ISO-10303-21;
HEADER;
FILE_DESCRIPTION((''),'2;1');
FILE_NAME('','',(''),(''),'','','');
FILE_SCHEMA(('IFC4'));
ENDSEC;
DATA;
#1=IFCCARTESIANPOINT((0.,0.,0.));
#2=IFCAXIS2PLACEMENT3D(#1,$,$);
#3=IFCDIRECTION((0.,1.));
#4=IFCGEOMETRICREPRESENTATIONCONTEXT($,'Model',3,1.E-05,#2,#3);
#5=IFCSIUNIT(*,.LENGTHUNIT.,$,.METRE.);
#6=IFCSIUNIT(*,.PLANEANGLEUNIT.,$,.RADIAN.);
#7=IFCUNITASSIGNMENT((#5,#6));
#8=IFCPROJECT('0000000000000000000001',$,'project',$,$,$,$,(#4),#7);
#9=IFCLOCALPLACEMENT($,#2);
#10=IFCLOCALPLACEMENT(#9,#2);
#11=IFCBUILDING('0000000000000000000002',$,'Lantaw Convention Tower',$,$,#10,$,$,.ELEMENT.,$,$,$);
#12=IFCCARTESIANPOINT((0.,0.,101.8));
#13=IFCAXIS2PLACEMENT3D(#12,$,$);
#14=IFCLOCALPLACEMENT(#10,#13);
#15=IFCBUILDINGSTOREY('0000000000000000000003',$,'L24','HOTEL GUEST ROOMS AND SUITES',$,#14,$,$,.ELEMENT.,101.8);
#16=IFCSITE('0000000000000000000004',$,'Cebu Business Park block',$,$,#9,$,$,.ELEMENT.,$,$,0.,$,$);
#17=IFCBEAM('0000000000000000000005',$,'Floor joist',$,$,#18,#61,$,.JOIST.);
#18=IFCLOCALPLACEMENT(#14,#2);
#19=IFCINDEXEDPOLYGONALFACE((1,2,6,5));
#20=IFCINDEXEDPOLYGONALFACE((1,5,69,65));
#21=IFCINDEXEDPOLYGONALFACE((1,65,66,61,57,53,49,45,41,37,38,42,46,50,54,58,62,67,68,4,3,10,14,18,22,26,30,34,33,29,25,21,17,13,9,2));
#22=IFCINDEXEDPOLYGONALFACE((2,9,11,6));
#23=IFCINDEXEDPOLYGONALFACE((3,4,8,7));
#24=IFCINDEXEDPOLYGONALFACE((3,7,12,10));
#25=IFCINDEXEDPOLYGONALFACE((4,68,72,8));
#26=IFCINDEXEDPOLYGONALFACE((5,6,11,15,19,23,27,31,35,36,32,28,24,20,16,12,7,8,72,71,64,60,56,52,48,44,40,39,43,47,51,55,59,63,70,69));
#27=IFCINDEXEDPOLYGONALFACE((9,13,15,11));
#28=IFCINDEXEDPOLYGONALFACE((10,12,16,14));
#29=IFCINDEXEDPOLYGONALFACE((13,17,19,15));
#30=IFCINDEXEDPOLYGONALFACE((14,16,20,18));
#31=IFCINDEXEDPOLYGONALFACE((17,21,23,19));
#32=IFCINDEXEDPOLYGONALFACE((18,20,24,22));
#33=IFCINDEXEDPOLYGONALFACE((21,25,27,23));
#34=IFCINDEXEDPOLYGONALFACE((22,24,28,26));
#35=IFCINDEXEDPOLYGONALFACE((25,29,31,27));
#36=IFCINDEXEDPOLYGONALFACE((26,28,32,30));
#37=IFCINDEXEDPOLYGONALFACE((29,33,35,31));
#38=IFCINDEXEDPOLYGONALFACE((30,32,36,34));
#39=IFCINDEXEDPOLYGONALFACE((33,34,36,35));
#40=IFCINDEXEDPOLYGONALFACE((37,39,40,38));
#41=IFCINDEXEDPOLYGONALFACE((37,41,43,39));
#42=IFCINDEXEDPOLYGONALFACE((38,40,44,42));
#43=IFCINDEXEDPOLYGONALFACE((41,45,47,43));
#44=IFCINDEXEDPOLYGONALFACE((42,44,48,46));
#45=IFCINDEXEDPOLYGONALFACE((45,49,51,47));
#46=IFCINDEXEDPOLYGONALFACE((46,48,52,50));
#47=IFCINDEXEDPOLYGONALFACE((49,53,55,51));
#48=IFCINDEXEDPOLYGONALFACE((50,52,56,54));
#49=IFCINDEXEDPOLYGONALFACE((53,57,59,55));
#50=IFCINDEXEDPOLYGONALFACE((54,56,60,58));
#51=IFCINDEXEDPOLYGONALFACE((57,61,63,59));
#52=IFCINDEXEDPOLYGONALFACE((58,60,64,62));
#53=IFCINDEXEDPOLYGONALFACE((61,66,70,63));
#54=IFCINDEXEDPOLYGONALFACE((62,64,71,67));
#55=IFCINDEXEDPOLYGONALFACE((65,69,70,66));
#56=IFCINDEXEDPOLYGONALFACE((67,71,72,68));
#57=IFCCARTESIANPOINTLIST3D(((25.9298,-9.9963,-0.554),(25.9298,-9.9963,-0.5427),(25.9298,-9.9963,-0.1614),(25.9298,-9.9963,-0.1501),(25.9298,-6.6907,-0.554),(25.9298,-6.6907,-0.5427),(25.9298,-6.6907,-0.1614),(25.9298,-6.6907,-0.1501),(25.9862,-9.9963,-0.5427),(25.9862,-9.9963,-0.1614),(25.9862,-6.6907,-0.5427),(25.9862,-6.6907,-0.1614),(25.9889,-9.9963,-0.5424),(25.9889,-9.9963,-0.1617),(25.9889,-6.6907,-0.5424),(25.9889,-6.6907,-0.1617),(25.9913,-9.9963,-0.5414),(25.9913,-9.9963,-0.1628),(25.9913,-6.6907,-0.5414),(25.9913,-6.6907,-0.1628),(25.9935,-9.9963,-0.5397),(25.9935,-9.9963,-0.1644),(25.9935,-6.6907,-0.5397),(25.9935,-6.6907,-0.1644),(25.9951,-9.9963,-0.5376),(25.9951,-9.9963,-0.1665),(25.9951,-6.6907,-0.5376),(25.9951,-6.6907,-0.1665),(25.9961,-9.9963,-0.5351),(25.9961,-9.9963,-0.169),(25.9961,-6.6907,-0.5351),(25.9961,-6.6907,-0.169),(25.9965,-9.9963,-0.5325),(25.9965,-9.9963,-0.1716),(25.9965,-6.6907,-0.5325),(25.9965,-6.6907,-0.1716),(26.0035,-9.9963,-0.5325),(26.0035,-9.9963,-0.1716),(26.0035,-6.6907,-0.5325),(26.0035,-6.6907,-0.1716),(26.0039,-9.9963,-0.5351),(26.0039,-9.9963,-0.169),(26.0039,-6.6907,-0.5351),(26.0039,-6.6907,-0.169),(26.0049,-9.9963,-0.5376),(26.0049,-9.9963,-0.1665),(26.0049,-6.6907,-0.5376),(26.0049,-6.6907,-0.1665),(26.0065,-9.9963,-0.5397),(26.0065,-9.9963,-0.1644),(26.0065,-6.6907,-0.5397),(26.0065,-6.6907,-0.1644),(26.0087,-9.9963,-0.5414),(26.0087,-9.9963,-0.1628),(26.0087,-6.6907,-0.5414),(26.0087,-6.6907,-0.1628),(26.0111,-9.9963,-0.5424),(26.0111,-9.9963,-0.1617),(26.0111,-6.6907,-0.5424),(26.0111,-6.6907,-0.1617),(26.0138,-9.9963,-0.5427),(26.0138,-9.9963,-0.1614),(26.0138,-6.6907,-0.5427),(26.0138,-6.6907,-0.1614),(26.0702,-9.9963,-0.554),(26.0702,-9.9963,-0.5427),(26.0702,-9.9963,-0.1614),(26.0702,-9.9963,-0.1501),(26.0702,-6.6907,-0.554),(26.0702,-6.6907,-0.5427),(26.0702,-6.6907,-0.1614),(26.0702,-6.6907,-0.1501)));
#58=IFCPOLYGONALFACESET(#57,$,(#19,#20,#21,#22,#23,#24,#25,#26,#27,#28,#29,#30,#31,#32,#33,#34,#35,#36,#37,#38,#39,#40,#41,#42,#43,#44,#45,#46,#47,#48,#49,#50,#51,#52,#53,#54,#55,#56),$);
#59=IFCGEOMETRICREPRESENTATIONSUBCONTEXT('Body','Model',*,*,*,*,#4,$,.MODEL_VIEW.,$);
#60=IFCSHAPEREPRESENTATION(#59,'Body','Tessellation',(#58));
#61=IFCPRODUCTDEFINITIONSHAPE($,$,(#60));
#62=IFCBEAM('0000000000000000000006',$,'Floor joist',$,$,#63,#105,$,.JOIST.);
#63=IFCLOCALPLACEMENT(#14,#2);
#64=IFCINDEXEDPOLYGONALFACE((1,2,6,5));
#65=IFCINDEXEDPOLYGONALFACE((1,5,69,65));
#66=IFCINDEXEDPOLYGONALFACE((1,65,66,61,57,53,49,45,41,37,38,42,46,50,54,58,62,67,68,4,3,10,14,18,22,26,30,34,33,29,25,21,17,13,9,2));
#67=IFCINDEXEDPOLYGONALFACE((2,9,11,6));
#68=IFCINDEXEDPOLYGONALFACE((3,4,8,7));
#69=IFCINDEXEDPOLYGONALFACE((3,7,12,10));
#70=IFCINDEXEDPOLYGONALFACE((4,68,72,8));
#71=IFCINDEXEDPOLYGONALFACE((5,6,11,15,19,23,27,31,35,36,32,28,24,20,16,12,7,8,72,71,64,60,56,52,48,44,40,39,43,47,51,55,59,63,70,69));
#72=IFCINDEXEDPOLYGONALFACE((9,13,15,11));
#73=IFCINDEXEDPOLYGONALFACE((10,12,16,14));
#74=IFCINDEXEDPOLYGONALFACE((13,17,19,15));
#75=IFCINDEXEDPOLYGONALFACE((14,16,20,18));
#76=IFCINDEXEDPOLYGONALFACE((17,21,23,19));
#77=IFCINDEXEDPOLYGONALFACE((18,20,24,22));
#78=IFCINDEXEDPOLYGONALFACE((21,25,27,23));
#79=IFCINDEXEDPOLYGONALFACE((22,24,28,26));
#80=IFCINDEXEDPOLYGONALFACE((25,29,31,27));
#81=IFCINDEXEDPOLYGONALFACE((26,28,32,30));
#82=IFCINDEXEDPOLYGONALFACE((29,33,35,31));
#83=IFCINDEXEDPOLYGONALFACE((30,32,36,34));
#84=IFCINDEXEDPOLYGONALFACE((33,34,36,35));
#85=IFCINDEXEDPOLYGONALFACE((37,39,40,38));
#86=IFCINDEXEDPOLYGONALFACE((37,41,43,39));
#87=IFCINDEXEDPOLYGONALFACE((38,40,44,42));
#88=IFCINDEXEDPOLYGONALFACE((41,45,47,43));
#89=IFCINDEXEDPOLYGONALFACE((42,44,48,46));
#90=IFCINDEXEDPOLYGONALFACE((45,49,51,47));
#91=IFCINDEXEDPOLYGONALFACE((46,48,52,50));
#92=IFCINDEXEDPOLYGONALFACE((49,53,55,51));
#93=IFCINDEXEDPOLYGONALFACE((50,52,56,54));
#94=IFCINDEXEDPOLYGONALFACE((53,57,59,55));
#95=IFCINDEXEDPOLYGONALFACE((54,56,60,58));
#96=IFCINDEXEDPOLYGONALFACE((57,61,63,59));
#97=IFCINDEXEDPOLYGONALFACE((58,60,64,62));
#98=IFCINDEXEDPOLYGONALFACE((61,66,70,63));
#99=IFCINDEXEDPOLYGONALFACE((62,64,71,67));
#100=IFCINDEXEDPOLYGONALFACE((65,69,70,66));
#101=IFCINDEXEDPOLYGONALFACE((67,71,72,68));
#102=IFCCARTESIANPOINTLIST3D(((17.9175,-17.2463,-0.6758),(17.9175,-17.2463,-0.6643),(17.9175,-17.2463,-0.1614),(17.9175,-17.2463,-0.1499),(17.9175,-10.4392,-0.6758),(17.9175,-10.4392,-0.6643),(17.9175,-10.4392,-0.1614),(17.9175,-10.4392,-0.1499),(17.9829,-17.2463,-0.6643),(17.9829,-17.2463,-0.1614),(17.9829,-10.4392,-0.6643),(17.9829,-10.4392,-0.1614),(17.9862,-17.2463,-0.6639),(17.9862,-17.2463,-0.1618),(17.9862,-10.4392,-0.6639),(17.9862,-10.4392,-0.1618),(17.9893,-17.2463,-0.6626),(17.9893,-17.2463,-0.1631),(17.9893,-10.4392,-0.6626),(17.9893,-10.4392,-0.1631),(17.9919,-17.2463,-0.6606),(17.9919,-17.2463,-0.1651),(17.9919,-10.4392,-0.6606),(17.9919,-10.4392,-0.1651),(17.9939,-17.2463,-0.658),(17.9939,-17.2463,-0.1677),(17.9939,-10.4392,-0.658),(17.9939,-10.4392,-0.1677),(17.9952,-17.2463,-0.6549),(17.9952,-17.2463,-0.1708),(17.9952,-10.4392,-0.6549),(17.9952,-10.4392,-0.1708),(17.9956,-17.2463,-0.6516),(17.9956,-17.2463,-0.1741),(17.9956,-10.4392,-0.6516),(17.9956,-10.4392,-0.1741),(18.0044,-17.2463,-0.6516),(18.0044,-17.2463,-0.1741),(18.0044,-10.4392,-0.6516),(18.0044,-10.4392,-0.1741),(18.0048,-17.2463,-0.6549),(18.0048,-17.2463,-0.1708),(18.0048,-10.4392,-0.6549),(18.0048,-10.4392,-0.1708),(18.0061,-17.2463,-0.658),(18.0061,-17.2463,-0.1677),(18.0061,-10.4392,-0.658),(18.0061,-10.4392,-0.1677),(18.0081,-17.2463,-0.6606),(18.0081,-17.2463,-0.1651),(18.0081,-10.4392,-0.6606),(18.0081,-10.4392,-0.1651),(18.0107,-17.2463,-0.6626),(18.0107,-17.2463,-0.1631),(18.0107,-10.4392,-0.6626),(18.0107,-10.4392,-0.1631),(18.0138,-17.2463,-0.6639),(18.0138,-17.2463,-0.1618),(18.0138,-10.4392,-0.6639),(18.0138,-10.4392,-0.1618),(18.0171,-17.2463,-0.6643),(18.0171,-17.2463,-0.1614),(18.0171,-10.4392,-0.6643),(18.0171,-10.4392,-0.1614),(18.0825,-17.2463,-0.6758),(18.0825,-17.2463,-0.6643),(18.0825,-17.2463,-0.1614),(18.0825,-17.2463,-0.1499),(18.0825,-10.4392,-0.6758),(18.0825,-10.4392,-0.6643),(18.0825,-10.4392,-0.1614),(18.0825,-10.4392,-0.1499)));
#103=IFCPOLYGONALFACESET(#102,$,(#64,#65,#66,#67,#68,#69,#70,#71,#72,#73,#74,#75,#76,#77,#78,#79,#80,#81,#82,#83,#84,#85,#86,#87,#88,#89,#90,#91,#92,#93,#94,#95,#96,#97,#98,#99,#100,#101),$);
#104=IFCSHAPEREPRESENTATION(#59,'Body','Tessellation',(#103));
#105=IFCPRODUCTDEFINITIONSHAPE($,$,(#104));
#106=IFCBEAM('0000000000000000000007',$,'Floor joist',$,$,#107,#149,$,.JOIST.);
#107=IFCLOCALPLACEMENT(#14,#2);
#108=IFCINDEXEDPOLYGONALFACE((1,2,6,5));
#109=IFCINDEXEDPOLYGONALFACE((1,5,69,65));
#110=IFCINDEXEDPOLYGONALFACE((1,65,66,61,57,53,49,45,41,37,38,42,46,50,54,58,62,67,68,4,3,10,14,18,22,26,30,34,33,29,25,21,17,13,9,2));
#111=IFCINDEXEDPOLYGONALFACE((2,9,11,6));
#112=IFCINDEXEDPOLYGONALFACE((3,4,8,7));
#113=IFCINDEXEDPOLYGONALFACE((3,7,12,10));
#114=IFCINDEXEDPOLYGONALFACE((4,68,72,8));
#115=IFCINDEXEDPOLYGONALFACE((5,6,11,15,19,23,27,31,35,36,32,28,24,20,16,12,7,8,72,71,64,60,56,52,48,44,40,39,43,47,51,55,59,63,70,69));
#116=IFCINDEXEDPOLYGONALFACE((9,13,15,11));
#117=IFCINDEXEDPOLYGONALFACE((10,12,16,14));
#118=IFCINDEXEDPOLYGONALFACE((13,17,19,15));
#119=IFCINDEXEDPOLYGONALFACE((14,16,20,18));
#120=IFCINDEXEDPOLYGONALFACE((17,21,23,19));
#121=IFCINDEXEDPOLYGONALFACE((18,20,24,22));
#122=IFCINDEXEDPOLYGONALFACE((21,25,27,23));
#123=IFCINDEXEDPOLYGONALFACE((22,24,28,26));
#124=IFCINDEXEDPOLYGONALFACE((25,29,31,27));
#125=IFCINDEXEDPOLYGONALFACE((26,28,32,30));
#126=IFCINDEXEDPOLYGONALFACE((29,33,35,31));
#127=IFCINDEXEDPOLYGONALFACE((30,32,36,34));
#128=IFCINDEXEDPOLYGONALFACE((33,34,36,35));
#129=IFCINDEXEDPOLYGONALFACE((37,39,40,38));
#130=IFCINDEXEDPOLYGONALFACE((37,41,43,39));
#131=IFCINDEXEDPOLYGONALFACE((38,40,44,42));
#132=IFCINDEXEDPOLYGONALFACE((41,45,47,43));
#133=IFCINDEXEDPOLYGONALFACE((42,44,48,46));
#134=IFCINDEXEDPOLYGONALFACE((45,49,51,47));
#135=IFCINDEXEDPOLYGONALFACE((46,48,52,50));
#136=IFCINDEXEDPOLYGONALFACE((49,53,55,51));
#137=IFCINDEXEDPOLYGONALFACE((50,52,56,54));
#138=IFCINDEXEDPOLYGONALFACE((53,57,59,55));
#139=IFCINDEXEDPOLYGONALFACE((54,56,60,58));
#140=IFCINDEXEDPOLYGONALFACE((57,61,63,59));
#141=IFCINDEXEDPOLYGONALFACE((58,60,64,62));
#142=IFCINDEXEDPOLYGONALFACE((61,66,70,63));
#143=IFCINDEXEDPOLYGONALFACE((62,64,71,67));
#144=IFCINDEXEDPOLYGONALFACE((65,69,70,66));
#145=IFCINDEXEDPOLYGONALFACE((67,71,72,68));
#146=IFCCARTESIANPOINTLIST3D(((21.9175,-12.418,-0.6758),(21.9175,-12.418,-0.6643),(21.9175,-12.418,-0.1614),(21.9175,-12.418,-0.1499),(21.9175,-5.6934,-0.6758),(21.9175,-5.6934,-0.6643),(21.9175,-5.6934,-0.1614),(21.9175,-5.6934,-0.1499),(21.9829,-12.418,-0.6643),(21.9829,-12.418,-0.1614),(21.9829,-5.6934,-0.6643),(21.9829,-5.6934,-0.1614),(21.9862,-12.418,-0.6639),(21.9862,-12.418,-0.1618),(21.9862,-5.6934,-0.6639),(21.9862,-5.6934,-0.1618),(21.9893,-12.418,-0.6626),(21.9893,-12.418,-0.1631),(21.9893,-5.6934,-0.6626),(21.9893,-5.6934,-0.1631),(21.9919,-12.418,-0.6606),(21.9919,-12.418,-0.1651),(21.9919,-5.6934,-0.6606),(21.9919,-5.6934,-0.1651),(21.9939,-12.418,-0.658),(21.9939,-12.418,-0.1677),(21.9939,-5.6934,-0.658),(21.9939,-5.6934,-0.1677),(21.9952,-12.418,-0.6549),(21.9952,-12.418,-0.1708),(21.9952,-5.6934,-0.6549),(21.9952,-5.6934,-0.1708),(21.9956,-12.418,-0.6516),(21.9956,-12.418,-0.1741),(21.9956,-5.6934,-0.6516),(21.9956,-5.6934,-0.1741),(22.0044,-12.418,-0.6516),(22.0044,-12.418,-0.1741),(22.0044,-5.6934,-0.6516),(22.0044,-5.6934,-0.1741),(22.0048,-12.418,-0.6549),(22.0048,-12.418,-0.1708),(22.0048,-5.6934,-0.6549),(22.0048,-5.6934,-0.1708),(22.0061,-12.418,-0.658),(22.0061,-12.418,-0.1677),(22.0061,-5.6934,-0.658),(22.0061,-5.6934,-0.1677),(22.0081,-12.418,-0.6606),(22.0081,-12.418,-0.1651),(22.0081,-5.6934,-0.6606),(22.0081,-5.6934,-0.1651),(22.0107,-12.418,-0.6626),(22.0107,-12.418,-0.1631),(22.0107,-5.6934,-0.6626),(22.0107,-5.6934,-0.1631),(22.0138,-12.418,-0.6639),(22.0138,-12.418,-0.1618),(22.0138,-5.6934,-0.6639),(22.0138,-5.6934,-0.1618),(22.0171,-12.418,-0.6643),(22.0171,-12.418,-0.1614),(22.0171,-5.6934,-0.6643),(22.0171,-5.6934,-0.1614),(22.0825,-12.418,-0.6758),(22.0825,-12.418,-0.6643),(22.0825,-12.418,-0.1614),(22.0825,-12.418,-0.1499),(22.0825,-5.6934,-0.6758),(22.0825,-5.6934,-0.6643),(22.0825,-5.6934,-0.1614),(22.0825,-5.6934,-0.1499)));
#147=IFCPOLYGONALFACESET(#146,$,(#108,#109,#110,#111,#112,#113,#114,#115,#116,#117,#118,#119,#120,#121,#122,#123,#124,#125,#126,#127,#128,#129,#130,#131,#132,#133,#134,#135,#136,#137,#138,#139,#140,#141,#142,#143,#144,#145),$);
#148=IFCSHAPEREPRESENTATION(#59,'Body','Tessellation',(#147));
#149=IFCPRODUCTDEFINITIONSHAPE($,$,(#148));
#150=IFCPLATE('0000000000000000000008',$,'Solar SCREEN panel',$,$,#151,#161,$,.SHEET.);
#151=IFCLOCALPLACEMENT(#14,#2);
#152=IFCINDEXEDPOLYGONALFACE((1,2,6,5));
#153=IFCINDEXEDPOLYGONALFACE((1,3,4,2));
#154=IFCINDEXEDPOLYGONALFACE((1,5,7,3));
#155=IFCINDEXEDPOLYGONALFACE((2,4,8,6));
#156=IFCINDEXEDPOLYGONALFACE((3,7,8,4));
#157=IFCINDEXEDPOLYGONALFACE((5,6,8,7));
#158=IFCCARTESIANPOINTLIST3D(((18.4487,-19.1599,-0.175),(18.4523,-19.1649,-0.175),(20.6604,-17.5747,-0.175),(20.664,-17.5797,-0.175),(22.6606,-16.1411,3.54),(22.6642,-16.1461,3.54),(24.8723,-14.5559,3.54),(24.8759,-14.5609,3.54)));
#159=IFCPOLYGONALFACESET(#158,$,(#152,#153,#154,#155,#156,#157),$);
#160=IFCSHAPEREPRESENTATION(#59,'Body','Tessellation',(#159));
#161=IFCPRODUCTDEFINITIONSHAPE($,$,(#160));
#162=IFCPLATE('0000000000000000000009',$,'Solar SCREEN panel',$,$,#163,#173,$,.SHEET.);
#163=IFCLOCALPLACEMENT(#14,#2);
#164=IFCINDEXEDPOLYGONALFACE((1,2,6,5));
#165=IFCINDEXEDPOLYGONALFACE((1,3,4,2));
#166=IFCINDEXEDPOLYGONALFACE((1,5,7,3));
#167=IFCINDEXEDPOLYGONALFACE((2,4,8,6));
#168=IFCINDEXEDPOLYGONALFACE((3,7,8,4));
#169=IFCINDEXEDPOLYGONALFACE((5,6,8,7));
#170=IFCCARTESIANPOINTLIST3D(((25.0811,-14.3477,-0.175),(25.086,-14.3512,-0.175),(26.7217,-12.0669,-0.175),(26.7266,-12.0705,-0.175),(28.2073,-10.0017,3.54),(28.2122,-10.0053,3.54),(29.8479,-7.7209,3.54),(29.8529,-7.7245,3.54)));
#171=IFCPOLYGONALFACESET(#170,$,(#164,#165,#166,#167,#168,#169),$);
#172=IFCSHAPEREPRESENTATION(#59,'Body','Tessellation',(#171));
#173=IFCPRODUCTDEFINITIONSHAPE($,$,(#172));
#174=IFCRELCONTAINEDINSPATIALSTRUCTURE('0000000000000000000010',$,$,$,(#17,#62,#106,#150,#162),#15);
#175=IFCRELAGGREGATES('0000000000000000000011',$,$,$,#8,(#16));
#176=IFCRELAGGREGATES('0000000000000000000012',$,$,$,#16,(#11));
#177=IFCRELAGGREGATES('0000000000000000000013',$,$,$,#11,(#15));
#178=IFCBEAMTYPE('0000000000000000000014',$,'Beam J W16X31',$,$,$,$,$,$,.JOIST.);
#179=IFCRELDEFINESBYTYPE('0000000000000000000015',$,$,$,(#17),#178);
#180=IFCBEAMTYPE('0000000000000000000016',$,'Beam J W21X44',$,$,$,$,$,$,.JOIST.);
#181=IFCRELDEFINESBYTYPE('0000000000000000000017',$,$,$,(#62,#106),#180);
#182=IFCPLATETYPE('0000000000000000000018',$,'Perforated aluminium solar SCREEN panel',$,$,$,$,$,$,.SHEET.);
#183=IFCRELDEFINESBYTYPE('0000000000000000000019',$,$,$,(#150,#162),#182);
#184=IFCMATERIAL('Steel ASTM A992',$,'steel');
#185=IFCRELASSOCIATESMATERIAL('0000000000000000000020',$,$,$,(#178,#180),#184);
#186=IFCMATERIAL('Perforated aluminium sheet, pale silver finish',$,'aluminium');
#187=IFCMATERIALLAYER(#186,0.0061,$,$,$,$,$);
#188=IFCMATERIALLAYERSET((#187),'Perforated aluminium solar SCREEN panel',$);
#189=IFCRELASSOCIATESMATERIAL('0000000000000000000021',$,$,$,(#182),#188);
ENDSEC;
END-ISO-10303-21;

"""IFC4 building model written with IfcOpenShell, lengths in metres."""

from ifc_helpers import new_model, si_unit, direction, frame, origin, origin_2d, place, context, subcontext, project, spatial, polyline, i_section, outline, extrude, material, layer, layer_set, material_profile, profile_set, type_object, element, save


model = new_model("IFC4")

# Units and contexts
model_context = context("Model", 3, precision=1e-05, world=origin(), true_north=direction((0.0, 1.0)))
body_context = subcontext(model_context, "Body", "Model", "MODEL_VIEW")
ifc_project = project(units=[si_unit("LENGTHUNIT", "METRE"), si_unit("PLANEANGLEUNIT", "RADIAN")], contexts=[model_context])

# Site, building, storey
site_placement = place(None, origin())
site = spatial("IfcSite", under=ifc_project, at=site_placement, Name="Cebu Business Park block", CompositionType="ELEMENT", RefElevation=0.0)
building_placement = place(site_placement, origin())
building = spatial("IfcBuilding", under=site, at=building_placement, Name="Lantaw Convention Tower", CompositionType="ELEMENT")
storey_placement = place(building_placement, frame((0.0, 0.0, 101.8)))
storey = spatial("IfcBuildingStorey", under=building, at=storey_placement, Name="L24", Description="HOTEL GUEST ROOMS AND SUITES", CompositionType="ELEMENT", Elevation=101.8)

# Beams
ifc_material_1 = material(Name="Steel ASTM A992", Category="steel")
ifc_material_profile_1 = material_profile(ifc_material_1, i_section(OverallWidth=0.1404, OverallDepth=0.4038, WebThickness=0.0071, FlangeThickness=0.0112, FilletRadius=0.0103, at=origin_2d()), Name="W16X31")
ifc_profile_set_1 = profile_set([ifc_material_profile_1], Name="Steel ASTM A992")
beam_type_1 = type_object("IfcBeamType", Name="Beam J W16X31", PredefinedType="JOIST", material=ifc_profile_set_1)
beam_1_placement = place(storey_placement, frame((26.0, -9.9963, -0.3521), z_axis=(0.0, 1.0, 0.0), x_axis=(-1.0, 0.0, 0.0)))
element("IfcBeam", 1, at=beam_1_placement, inside=storey, type_object=beam_type_1, Name="Floor joist", PredefinedType="JOIST", context=body_context, shape_type="SweptSolid", body=[
    extrude(i_section(OverallWidth=0.1404, OverallDepth=0.4038, WebThickness=0.0071, FlangeThickness=0.0112, FilletRadius=0.0103, at=origin_2d()), origin(), (0.0, 0.0, 1.0), 3.3057),
])
ifc_material_profile_2 = material_profile(ifc_material_1, i_section(OverallWidth=0.165, OverallDepth=0.5259, WebThickness=0.0088, FlangeThickness=0.0115, FilletRadius=0.0127, at=origin_2d()), Name="W21X44")
ifc_profile_set_2 = profile_set([ifc_material_profile_2], Name="Steel ASTM A992")
beam_type_2 = type_object("IfcBeamType", Name="Beam J W21X44", PredefinedType="JOIST", material=ifc_profile_set_2)
beam_2_placement = place(storey_placement, frame((18.0, -17.2463, -0.4128), z_axis=(0.0, 1.0, 0.0), x_axis=(-1.0, 0.0, 0.0)))
element("IfcBeam", 2, at=beam_2_placement, inside=storey, type_object=beam_type_2, Name="Floor joist", PredefinedType="JOIST", context=body_context, shape_type="SweptSolid", body=[
    extrude(i_section(OverallWidth=0.165, OverallDepth=0.5259, WebThickness=0.0088, FlangeThickness=0.0115, FilletRadius=0.0127, at=origin_2d()), origin(), (0.0, 0.0, 1.0), 6.8071),
])
beam_3_placement = place(storey_placement, frame((22.0, -12.418, -0.4128), z_axis=(0.0, 1.0, 0.0), x_axis=(-1.0, 0.0, 0.0)))
element("IfcBeam", 3, at=beam_3_placement, inside=storey, type_object=beam_type_2, Name="Floor joist", PredefinedType="JOIST", context=body_context, shape_type="SweptSolid", body=[
    extrude(i_section(OverallWidth=0.165, OverallDepth=0.5259, WebThickness=0.0088, FlangeThickness=0.0115, FilletRadius=0.0127, at=origin_2d()), origin(), (0.0, 0.0, 1.0), 6.7246),
])

# Plates
ifc_material_2 = material(Name="Perforated aluminium sheet, pale silver finish", Category="aluminium")
ifc_layer_1 = layer(ifc_material_2, 0.0061)
ifc_layer_set_1 = layer_set([ifc_layer_1], Name="Perforated aluminium solar SCREEN panel")
plate_type = type_object("IfcPlateType", Name="Perforated aluminium solar SCREEN panel", PredefinedType="SHEET", material=ifc_layer_set_1)
plate_1_placement = place(storey_placement, frame((18.4487, -19.1599, -0.175), z_axis=(-0.582561, 0.812787, 0.000016), x_axis=(0.812787, 0.582561, 0.0)))
element("IfcPlate", 4, at=plate_1_placement, inside=storey, type_object=plate_type, Name="Solar SCREEN panel", PredefinedType="SHEET", context=body_context, shape_type="SweptSolid", body=[
    extrude(outline(polyline([(0.0, 0.0), (2.7211, 0.0), (7.9031, -3.7151), (5.182, -3.7151), (0.0, 0.0)])), origin(), (0.0, 0.0, -1.0), 0.0061),
])
plate_2_placement = place(storey_placement, frame((25.0811, -14.3477, -0.175), z_axis=(-0.811791, 0.583948, 0.000009), x_axis=(0.583948, 0.811791, 0.0)))
element("IfcPlate", 5, at=plate_2_placement, inside=storey, type_object=plate_type, Name="Solar SCREEN panel", PredefinedType="SHEET", context=body_context, shape_type="SweptSolid", body=[
    extrude(outline(polyline([(0.0, 0.0), (2.8095, 0.0), (8.1631, -3.7151), (5.3536, -3.7151), (0.0, 0.0)])), origin(), (0.0, 0.0, -1.0), 0.0061),
])

save(model, "model.ifc")
